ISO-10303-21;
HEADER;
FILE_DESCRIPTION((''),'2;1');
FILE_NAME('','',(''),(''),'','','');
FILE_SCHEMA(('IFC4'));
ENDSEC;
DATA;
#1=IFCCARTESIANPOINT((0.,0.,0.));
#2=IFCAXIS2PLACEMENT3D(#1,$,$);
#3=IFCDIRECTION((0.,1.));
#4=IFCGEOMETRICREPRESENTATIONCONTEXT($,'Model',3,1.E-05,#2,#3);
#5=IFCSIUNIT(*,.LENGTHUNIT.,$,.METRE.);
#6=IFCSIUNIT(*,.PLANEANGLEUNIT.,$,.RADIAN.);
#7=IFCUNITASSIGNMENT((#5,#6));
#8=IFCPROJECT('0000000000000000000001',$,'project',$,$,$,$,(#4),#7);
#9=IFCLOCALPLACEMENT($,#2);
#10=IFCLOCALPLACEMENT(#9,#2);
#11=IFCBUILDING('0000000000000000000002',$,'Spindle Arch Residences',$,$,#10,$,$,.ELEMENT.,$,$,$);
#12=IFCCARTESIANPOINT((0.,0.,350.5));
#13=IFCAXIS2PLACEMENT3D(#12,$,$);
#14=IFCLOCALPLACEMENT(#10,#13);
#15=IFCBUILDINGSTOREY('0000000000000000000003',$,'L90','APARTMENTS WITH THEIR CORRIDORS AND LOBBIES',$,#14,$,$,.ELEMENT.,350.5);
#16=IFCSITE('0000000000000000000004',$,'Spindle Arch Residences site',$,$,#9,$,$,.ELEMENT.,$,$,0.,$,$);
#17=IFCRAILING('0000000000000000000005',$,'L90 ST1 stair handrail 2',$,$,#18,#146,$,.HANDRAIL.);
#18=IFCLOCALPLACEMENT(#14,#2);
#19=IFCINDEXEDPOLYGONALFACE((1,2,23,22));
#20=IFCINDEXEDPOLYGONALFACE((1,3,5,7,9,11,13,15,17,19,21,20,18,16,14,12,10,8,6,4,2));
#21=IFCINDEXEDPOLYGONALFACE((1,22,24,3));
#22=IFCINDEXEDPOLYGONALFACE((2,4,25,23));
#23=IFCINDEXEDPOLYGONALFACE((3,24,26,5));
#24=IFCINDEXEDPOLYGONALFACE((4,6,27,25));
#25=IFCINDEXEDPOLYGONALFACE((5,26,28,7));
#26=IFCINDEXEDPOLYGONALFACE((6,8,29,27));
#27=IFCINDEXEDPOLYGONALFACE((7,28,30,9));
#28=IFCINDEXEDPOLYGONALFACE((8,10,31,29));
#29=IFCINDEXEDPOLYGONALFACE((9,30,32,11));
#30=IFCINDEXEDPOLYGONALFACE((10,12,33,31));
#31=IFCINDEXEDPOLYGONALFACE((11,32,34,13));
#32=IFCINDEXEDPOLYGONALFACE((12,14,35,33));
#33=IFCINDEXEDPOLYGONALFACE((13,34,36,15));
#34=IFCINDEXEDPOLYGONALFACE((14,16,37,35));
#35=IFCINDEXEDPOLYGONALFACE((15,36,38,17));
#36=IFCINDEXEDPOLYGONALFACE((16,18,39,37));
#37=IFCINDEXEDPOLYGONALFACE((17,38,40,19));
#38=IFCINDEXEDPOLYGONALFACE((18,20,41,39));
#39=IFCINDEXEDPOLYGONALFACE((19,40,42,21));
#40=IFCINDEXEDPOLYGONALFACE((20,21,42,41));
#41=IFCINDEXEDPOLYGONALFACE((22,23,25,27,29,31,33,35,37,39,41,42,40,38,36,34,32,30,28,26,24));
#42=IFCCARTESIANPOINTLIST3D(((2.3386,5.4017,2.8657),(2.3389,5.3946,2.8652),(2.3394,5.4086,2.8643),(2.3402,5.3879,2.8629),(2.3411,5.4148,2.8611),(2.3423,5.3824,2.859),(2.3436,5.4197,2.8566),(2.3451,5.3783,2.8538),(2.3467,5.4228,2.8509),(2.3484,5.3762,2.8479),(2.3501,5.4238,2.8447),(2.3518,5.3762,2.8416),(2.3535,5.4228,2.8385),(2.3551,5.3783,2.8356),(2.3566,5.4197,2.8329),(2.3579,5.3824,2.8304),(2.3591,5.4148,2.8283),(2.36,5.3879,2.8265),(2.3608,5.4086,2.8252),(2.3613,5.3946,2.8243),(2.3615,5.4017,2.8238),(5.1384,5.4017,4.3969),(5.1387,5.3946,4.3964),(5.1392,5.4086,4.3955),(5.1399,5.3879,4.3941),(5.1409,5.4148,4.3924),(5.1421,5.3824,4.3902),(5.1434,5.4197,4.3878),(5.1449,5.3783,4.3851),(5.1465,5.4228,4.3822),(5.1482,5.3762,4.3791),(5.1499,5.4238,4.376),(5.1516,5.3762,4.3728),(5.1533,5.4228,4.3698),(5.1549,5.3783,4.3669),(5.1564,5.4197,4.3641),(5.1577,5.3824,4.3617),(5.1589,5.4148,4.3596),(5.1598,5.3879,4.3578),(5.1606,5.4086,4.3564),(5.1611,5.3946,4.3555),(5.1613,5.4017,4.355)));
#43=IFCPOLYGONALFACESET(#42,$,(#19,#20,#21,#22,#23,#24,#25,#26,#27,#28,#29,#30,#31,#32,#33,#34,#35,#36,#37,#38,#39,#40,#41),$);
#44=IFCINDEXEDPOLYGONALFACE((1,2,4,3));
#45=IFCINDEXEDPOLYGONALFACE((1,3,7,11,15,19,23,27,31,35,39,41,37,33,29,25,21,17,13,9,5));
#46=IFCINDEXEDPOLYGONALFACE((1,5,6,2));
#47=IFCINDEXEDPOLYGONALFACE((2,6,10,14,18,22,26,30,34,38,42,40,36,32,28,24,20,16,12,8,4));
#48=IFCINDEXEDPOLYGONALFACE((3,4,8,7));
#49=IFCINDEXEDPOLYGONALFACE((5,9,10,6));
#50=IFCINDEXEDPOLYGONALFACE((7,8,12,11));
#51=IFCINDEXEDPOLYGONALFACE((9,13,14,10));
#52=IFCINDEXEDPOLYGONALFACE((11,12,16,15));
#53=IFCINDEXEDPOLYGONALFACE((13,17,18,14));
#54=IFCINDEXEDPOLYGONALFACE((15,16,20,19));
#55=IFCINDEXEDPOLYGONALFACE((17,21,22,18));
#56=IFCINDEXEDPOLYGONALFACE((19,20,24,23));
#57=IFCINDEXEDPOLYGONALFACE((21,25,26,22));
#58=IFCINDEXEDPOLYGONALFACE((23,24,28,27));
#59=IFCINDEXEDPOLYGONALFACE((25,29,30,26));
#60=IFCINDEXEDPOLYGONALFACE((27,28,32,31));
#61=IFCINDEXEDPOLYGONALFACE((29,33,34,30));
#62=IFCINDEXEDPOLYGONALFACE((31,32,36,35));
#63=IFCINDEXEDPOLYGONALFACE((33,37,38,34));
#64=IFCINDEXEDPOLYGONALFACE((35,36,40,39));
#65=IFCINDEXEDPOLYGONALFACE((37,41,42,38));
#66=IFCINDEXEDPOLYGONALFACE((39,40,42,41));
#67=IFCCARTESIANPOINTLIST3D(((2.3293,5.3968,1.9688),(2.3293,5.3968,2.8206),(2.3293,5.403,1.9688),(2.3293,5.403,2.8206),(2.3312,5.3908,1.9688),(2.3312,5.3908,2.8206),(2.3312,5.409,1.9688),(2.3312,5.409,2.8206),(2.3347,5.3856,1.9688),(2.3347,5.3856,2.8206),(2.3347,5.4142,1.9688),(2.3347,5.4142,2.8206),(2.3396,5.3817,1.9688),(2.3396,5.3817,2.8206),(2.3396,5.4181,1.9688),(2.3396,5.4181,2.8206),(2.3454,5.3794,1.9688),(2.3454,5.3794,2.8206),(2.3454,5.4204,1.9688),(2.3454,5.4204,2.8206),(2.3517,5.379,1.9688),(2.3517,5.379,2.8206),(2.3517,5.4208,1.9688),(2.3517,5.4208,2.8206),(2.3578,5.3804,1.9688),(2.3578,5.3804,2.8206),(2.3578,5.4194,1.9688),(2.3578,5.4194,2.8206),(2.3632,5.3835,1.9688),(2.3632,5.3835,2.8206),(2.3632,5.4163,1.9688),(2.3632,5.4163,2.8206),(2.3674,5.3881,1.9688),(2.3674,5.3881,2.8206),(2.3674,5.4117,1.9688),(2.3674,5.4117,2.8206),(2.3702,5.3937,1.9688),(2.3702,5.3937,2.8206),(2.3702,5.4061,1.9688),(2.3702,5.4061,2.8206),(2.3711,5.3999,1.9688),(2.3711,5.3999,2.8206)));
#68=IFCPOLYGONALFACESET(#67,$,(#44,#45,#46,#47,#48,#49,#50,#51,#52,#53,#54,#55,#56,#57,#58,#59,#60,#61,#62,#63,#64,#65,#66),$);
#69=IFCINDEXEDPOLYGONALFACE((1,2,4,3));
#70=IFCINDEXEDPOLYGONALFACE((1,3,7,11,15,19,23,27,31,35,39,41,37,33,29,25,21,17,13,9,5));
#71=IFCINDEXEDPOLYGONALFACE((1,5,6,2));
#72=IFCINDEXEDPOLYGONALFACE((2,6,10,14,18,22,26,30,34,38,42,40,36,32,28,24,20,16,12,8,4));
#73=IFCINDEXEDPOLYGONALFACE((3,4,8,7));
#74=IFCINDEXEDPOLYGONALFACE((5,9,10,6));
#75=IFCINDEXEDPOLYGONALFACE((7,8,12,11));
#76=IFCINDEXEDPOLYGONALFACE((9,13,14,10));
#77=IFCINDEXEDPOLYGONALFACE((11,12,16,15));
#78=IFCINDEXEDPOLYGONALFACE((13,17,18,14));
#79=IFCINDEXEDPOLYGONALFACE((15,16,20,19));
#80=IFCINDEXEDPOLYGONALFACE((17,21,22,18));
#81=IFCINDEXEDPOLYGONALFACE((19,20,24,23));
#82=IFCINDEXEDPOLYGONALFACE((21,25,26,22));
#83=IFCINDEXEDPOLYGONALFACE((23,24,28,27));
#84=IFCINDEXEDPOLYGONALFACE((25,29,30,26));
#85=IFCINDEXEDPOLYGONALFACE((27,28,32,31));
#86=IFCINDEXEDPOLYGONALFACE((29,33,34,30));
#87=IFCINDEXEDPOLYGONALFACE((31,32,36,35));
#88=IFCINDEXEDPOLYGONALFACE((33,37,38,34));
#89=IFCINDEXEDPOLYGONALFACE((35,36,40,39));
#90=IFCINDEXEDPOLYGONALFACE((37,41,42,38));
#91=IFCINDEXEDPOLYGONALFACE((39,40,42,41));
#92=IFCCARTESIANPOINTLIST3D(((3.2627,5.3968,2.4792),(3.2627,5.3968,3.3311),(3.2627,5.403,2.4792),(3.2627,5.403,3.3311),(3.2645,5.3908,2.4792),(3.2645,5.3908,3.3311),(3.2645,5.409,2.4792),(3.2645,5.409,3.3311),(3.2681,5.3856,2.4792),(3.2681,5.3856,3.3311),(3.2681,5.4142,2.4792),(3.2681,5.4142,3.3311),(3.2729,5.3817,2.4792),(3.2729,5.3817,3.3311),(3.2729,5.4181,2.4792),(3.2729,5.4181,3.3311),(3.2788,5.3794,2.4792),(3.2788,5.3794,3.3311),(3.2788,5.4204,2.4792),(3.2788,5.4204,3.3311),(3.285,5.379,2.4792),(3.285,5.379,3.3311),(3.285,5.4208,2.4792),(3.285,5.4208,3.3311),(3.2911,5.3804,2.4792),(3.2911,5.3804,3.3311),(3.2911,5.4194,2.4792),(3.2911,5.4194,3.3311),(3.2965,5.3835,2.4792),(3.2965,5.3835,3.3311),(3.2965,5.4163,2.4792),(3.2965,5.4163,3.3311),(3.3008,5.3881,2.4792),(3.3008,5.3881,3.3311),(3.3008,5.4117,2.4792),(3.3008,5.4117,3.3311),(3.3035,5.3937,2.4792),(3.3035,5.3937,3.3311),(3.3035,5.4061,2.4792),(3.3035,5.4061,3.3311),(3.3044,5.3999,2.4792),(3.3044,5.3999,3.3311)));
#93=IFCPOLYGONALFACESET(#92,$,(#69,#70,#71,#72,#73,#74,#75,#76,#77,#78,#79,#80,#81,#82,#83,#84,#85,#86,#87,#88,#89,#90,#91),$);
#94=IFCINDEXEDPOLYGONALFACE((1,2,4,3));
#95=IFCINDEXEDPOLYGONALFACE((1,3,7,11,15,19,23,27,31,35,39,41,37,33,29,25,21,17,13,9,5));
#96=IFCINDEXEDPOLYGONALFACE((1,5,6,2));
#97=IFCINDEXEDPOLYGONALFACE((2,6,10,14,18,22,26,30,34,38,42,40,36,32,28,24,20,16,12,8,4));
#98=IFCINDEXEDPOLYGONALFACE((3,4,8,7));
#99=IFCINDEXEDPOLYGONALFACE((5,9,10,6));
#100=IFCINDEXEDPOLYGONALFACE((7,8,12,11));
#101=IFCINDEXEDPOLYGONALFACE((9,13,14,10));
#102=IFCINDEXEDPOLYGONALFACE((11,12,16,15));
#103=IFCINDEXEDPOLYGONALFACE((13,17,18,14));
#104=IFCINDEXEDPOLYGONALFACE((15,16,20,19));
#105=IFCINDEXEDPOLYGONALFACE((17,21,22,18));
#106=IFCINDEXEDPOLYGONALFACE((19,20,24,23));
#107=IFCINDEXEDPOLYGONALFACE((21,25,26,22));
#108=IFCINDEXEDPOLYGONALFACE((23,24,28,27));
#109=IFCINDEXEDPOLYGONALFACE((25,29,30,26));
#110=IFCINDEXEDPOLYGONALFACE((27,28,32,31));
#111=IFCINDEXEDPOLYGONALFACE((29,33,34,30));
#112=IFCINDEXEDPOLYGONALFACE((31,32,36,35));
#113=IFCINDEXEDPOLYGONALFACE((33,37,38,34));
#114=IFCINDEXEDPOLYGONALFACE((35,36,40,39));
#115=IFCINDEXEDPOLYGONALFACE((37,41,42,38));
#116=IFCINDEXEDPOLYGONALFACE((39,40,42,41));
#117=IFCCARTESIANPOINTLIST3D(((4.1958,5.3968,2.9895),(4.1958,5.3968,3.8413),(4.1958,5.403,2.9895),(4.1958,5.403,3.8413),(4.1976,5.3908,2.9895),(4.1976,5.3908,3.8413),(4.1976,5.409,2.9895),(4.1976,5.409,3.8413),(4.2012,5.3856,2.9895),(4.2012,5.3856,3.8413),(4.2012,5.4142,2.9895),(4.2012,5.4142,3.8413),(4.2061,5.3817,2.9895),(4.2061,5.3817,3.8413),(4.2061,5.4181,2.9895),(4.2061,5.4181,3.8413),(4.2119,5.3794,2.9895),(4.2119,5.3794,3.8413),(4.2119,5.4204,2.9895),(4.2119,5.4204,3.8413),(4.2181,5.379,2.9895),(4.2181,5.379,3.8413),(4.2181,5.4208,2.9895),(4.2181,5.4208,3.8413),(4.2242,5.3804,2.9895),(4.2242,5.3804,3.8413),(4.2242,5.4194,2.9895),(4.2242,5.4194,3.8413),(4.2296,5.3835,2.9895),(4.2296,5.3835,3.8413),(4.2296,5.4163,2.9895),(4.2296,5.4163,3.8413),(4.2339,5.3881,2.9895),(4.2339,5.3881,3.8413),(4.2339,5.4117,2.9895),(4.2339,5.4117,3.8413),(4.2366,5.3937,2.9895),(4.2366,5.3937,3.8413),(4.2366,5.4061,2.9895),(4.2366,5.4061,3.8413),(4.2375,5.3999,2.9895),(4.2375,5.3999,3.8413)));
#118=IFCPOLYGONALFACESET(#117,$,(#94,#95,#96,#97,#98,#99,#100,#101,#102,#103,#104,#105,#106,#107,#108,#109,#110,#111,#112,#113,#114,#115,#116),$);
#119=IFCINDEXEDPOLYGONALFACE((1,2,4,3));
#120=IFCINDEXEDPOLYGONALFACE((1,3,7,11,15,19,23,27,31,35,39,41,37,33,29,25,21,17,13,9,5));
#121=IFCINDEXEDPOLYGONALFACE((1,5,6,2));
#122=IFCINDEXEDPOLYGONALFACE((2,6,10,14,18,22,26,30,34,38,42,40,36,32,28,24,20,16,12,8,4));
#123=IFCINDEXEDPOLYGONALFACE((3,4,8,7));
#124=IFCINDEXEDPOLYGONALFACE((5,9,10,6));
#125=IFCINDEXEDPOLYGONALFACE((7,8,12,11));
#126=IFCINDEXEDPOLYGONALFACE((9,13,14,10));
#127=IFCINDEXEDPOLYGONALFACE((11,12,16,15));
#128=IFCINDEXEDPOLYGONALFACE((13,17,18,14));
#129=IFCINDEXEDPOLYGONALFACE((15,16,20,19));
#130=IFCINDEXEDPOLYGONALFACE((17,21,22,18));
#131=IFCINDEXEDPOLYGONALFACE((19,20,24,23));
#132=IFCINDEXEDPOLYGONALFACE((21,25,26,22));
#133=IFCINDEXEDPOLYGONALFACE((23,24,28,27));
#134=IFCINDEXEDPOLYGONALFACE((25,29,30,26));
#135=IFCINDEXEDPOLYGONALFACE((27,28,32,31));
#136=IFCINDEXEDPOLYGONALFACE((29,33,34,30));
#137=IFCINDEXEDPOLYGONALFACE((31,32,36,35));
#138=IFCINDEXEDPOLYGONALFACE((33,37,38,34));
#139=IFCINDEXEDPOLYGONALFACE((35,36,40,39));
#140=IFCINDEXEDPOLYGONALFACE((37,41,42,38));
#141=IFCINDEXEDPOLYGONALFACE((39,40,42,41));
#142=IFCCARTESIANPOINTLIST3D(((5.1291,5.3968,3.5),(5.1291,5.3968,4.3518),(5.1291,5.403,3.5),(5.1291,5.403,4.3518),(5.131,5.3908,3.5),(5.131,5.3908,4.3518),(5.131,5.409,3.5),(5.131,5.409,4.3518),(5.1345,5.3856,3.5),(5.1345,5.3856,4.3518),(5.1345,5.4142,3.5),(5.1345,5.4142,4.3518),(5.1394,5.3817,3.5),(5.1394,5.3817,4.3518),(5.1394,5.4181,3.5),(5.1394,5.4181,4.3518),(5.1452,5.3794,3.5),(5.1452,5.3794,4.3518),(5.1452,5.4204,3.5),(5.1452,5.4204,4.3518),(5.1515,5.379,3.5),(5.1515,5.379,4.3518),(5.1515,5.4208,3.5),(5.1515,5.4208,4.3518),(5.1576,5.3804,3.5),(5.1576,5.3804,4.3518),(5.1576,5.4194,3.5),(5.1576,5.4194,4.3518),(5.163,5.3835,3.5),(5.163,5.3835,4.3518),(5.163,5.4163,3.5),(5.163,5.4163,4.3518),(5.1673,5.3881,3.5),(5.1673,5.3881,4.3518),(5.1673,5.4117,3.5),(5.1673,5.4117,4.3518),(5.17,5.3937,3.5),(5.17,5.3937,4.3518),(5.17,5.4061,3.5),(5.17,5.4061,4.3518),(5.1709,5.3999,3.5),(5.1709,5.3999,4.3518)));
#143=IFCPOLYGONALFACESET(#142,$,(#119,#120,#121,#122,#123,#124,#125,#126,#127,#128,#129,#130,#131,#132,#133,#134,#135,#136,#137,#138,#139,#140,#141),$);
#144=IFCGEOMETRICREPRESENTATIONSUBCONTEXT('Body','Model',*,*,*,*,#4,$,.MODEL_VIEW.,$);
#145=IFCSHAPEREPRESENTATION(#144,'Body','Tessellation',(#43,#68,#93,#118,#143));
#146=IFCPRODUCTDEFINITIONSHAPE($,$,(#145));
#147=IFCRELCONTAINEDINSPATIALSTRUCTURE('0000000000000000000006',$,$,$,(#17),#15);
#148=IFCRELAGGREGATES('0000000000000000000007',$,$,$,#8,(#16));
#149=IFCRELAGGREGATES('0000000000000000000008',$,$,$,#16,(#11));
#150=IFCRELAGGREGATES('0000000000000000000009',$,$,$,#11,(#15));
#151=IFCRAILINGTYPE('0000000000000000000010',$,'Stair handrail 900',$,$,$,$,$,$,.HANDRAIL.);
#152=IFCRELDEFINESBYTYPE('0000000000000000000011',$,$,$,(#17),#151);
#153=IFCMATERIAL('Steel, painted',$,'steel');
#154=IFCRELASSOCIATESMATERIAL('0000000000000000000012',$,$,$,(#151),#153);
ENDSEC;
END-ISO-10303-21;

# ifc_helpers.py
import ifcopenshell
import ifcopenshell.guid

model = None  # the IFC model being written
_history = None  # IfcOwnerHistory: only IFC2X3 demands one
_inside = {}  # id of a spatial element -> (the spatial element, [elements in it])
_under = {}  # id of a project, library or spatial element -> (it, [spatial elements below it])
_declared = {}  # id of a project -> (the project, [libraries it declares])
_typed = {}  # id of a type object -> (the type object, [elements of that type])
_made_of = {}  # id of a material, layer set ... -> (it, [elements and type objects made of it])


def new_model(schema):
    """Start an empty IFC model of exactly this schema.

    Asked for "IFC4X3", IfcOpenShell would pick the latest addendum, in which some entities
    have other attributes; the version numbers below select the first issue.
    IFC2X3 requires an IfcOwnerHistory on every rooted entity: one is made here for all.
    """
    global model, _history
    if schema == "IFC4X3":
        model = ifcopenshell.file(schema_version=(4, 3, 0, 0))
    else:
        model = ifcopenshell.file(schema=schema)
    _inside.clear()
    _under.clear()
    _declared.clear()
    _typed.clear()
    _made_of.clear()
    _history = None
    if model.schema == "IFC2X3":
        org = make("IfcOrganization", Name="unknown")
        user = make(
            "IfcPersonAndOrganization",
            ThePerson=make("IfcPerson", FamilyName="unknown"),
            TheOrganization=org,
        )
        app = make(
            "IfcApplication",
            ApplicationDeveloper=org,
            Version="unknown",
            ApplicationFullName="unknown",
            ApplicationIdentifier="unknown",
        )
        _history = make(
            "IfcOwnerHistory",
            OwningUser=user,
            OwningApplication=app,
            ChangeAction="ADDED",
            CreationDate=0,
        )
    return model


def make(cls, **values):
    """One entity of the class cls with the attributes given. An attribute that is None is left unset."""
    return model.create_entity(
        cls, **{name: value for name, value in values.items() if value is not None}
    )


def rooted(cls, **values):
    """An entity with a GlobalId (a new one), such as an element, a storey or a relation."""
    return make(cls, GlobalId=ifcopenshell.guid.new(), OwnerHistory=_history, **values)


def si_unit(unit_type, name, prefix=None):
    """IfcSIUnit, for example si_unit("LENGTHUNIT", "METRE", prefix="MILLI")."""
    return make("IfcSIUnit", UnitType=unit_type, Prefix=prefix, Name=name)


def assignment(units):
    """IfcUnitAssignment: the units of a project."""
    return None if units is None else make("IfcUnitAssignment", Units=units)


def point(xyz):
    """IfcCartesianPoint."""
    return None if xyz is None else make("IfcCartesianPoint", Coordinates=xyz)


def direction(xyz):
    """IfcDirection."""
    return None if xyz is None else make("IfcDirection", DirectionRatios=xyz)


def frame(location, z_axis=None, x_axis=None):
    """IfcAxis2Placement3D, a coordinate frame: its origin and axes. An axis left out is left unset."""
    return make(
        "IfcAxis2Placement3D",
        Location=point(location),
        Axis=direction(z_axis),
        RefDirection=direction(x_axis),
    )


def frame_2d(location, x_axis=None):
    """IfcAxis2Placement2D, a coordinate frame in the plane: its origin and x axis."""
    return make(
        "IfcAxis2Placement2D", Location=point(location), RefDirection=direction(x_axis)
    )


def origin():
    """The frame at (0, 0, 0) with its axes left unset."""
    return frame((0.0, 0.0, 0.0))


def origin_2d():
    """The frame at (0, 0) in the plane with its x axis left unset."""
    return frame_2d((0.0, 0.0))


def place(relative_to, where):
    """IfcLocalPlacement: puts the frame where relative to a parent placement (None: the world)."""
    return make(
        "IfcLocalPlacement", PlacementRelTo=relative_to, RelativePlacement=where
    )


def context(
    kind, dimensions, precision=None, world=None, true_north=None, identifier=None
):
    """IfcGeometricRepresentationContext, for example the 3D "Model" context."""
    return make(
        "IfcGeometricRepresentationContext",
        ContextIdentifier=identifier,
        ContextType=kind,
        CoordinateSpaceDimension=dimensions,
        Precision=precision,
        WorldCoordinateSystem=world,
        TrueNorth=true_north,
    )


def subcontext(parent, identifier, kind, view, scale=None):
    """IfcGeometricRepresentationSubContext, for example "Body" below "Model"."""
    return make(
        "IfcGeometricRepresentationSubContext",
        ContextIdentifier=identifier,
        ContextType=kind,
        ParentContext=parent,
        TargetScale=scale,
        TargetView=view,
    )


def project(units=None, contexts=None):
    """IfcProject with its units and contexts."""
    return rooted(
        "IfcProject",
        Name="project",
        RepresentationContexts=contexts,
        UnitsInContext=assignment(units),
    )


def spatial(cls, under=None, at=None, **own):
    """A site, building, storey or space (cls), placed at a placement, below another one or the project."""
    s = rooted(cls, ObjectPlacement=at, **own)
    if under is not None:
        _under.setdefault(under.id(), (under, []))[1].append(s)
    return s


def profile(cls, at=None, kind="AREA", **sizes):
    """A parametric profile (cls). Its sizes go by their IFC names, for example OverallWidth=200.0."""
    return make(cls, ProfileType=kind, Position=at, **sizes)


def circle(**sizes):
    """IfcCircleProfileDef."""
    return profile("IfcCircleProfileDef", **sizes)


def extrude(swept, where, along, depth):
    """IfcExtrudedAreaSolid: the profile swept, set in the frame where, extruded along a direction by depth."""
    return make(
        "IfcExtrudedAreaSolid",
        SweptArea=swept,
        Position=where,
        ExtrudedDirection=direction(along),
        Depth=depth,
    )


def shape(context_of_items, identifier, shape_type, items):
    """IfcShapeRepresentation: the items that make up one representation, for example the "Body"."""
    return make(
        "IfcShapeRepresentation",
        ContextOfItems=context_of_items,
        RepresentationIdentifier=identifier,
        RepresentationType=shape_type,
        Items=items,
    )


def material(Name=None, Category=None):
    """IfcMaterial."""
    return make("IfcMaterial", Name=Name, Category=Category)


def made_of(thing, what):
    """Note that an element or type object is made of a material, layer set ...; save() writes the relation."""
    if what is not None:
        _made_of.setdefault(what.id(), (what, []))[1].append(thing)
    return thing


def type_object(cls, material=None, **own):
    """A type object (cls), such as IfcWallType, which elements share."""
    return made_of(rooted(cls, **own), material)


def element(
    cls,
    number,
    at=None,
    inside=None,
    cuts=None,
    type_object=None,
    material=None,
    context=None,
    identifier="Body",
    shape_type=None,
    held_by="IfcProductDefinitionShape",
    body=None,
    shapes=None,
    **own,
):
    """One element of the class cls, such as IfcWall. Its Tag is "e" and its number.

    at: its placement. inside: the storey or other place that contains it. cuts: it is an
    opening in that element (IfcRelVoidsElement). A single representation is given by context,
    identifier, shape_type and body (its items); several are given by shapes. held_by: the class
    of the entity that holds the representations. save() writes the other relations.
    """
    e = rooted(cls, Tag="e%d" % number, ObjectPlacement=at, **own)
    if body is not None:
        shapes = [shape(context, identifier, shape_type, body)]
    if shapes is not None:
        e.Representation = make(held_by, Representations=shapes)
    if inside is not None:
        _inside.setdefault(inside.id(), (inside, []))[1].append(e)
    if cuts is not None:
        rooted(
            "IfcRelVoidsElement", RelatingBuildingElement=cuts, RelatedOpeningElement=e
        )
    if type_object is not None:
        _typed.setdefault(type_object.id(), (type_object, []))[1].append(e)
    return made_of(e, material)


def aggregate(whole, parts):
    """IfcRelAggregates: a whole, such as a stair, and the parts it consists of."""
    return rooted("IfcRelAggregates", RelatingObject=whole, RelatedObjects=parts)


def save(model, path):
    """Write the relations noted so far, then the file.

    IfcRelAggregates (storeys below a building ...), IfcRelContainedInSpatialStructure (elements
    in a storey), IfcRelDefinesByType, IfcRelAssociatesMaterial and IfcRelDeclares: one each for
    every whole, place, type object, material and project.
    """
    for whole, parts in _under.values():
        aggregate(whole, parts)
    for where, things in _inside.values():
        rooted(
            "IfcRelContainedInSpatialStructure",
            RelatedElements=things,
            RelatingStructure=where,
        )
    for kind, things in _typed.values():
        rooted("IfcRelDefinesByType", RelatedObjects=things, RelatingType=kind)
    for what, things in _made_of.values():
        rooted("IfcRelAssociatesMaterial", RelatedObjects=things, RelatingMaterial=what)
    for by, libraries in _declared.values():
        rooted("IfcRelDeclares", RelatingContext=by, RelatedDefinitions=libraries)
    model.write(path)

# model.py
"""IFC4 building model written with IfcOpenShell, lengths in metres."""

from ifc_helpers import new_model, si_unit, direction, frame, origin, origin_2d, place, context, subcontext, project, spatial, circle, extrude, material, type_object, element, save


model = new_model("IFC4")

# Units and contexts
model_context = context("Model", 3, precision=1e-05, world=origin(), true_north=direction((0.0, 1.0)))
body_context = subcontext(model_context, "Body", "Model", "MODEL_VIEW")
ifc_project = project(units=[si_unit("LENGTHUNIT", "METRE"), si_unit("PLANEANGLEUNIT", "RADIAN")], contexts=[model_context])

# Site, building, storey
site_placement = place(None, origin())
site = spatial("IfcSite", under=ifc_project, at=site_placement, Name="Spindle Arch Residences site", CompositionType="ELEMENT", RefElevation=0.0)
building_placement = place(site_placement, origin())
building = spatial("IfcBuilding", under=site, at=building_placement, Name="Spindle Arch Residences", CompositionType="ELEMENT")
storey_placement = place(building_placement, frame((0.0, 0.0, 350.5)))
storey = spatial("IfcBuildingStorey", under=building, at=storey_placement, Name="L90", Description="APARTMENTS WITH THEIR CORRIDORS AND LOBBIES", CompositionType="ELEMENT", Elevation=350.5)

# Railing
ifc_material_1 = material(Name="Steel, painted", Category="steel")
railing_type_1 = type_object("IfcRailingType", Name="Stair handrail 900", PredefinedType="HANDRAIL", material=ifc_material_1)
railing_1_placement = place(storey_placement, frame((2.3501, 5.3999, 1.9688)))
element("IfcRailing", 1, at=railing_1_placement, inside=storey, type_object=railing_type_1, Name="L90 ST1 stair handrail 2", PredefinedType="HANDRAIL", context=body_context, shape_type="SweptSolid", body=[
    extrude(circle(Radius=0.0239, at=origin_2d()), frame((0.0, 0.0, 0.876), z_axis=(0.877357, 0.0, 0.479838), x_axis=(0.0, 1.0, 0.0)), (0.0, 0.0, 1.0), 3.1912),
    extrude(circle(Radius=0.021, at=origin_2d()), origin(), (0.0, 0.0, 1.0), 0.8518),
    extrude(circle(Radius=0.021, at=origin_2d()), frame((0.9333, 0.0, 0.5105)), (0.0, 0.0, 1.0), 0.8518),
    extrude(circle(Radius=0.021, at=origin_2d()), frame((1.8665, 0.0, 1.0208)), (0.0, 0.0, 1.0), 0.8518),
    extrude(circle(Radius=0.021, at=origin_2d()), frame((2.7998, 0.0, 1.5312)), (0.0, 0.0, 1.0), 0.8518),
])

save(model, "model.ifc")
